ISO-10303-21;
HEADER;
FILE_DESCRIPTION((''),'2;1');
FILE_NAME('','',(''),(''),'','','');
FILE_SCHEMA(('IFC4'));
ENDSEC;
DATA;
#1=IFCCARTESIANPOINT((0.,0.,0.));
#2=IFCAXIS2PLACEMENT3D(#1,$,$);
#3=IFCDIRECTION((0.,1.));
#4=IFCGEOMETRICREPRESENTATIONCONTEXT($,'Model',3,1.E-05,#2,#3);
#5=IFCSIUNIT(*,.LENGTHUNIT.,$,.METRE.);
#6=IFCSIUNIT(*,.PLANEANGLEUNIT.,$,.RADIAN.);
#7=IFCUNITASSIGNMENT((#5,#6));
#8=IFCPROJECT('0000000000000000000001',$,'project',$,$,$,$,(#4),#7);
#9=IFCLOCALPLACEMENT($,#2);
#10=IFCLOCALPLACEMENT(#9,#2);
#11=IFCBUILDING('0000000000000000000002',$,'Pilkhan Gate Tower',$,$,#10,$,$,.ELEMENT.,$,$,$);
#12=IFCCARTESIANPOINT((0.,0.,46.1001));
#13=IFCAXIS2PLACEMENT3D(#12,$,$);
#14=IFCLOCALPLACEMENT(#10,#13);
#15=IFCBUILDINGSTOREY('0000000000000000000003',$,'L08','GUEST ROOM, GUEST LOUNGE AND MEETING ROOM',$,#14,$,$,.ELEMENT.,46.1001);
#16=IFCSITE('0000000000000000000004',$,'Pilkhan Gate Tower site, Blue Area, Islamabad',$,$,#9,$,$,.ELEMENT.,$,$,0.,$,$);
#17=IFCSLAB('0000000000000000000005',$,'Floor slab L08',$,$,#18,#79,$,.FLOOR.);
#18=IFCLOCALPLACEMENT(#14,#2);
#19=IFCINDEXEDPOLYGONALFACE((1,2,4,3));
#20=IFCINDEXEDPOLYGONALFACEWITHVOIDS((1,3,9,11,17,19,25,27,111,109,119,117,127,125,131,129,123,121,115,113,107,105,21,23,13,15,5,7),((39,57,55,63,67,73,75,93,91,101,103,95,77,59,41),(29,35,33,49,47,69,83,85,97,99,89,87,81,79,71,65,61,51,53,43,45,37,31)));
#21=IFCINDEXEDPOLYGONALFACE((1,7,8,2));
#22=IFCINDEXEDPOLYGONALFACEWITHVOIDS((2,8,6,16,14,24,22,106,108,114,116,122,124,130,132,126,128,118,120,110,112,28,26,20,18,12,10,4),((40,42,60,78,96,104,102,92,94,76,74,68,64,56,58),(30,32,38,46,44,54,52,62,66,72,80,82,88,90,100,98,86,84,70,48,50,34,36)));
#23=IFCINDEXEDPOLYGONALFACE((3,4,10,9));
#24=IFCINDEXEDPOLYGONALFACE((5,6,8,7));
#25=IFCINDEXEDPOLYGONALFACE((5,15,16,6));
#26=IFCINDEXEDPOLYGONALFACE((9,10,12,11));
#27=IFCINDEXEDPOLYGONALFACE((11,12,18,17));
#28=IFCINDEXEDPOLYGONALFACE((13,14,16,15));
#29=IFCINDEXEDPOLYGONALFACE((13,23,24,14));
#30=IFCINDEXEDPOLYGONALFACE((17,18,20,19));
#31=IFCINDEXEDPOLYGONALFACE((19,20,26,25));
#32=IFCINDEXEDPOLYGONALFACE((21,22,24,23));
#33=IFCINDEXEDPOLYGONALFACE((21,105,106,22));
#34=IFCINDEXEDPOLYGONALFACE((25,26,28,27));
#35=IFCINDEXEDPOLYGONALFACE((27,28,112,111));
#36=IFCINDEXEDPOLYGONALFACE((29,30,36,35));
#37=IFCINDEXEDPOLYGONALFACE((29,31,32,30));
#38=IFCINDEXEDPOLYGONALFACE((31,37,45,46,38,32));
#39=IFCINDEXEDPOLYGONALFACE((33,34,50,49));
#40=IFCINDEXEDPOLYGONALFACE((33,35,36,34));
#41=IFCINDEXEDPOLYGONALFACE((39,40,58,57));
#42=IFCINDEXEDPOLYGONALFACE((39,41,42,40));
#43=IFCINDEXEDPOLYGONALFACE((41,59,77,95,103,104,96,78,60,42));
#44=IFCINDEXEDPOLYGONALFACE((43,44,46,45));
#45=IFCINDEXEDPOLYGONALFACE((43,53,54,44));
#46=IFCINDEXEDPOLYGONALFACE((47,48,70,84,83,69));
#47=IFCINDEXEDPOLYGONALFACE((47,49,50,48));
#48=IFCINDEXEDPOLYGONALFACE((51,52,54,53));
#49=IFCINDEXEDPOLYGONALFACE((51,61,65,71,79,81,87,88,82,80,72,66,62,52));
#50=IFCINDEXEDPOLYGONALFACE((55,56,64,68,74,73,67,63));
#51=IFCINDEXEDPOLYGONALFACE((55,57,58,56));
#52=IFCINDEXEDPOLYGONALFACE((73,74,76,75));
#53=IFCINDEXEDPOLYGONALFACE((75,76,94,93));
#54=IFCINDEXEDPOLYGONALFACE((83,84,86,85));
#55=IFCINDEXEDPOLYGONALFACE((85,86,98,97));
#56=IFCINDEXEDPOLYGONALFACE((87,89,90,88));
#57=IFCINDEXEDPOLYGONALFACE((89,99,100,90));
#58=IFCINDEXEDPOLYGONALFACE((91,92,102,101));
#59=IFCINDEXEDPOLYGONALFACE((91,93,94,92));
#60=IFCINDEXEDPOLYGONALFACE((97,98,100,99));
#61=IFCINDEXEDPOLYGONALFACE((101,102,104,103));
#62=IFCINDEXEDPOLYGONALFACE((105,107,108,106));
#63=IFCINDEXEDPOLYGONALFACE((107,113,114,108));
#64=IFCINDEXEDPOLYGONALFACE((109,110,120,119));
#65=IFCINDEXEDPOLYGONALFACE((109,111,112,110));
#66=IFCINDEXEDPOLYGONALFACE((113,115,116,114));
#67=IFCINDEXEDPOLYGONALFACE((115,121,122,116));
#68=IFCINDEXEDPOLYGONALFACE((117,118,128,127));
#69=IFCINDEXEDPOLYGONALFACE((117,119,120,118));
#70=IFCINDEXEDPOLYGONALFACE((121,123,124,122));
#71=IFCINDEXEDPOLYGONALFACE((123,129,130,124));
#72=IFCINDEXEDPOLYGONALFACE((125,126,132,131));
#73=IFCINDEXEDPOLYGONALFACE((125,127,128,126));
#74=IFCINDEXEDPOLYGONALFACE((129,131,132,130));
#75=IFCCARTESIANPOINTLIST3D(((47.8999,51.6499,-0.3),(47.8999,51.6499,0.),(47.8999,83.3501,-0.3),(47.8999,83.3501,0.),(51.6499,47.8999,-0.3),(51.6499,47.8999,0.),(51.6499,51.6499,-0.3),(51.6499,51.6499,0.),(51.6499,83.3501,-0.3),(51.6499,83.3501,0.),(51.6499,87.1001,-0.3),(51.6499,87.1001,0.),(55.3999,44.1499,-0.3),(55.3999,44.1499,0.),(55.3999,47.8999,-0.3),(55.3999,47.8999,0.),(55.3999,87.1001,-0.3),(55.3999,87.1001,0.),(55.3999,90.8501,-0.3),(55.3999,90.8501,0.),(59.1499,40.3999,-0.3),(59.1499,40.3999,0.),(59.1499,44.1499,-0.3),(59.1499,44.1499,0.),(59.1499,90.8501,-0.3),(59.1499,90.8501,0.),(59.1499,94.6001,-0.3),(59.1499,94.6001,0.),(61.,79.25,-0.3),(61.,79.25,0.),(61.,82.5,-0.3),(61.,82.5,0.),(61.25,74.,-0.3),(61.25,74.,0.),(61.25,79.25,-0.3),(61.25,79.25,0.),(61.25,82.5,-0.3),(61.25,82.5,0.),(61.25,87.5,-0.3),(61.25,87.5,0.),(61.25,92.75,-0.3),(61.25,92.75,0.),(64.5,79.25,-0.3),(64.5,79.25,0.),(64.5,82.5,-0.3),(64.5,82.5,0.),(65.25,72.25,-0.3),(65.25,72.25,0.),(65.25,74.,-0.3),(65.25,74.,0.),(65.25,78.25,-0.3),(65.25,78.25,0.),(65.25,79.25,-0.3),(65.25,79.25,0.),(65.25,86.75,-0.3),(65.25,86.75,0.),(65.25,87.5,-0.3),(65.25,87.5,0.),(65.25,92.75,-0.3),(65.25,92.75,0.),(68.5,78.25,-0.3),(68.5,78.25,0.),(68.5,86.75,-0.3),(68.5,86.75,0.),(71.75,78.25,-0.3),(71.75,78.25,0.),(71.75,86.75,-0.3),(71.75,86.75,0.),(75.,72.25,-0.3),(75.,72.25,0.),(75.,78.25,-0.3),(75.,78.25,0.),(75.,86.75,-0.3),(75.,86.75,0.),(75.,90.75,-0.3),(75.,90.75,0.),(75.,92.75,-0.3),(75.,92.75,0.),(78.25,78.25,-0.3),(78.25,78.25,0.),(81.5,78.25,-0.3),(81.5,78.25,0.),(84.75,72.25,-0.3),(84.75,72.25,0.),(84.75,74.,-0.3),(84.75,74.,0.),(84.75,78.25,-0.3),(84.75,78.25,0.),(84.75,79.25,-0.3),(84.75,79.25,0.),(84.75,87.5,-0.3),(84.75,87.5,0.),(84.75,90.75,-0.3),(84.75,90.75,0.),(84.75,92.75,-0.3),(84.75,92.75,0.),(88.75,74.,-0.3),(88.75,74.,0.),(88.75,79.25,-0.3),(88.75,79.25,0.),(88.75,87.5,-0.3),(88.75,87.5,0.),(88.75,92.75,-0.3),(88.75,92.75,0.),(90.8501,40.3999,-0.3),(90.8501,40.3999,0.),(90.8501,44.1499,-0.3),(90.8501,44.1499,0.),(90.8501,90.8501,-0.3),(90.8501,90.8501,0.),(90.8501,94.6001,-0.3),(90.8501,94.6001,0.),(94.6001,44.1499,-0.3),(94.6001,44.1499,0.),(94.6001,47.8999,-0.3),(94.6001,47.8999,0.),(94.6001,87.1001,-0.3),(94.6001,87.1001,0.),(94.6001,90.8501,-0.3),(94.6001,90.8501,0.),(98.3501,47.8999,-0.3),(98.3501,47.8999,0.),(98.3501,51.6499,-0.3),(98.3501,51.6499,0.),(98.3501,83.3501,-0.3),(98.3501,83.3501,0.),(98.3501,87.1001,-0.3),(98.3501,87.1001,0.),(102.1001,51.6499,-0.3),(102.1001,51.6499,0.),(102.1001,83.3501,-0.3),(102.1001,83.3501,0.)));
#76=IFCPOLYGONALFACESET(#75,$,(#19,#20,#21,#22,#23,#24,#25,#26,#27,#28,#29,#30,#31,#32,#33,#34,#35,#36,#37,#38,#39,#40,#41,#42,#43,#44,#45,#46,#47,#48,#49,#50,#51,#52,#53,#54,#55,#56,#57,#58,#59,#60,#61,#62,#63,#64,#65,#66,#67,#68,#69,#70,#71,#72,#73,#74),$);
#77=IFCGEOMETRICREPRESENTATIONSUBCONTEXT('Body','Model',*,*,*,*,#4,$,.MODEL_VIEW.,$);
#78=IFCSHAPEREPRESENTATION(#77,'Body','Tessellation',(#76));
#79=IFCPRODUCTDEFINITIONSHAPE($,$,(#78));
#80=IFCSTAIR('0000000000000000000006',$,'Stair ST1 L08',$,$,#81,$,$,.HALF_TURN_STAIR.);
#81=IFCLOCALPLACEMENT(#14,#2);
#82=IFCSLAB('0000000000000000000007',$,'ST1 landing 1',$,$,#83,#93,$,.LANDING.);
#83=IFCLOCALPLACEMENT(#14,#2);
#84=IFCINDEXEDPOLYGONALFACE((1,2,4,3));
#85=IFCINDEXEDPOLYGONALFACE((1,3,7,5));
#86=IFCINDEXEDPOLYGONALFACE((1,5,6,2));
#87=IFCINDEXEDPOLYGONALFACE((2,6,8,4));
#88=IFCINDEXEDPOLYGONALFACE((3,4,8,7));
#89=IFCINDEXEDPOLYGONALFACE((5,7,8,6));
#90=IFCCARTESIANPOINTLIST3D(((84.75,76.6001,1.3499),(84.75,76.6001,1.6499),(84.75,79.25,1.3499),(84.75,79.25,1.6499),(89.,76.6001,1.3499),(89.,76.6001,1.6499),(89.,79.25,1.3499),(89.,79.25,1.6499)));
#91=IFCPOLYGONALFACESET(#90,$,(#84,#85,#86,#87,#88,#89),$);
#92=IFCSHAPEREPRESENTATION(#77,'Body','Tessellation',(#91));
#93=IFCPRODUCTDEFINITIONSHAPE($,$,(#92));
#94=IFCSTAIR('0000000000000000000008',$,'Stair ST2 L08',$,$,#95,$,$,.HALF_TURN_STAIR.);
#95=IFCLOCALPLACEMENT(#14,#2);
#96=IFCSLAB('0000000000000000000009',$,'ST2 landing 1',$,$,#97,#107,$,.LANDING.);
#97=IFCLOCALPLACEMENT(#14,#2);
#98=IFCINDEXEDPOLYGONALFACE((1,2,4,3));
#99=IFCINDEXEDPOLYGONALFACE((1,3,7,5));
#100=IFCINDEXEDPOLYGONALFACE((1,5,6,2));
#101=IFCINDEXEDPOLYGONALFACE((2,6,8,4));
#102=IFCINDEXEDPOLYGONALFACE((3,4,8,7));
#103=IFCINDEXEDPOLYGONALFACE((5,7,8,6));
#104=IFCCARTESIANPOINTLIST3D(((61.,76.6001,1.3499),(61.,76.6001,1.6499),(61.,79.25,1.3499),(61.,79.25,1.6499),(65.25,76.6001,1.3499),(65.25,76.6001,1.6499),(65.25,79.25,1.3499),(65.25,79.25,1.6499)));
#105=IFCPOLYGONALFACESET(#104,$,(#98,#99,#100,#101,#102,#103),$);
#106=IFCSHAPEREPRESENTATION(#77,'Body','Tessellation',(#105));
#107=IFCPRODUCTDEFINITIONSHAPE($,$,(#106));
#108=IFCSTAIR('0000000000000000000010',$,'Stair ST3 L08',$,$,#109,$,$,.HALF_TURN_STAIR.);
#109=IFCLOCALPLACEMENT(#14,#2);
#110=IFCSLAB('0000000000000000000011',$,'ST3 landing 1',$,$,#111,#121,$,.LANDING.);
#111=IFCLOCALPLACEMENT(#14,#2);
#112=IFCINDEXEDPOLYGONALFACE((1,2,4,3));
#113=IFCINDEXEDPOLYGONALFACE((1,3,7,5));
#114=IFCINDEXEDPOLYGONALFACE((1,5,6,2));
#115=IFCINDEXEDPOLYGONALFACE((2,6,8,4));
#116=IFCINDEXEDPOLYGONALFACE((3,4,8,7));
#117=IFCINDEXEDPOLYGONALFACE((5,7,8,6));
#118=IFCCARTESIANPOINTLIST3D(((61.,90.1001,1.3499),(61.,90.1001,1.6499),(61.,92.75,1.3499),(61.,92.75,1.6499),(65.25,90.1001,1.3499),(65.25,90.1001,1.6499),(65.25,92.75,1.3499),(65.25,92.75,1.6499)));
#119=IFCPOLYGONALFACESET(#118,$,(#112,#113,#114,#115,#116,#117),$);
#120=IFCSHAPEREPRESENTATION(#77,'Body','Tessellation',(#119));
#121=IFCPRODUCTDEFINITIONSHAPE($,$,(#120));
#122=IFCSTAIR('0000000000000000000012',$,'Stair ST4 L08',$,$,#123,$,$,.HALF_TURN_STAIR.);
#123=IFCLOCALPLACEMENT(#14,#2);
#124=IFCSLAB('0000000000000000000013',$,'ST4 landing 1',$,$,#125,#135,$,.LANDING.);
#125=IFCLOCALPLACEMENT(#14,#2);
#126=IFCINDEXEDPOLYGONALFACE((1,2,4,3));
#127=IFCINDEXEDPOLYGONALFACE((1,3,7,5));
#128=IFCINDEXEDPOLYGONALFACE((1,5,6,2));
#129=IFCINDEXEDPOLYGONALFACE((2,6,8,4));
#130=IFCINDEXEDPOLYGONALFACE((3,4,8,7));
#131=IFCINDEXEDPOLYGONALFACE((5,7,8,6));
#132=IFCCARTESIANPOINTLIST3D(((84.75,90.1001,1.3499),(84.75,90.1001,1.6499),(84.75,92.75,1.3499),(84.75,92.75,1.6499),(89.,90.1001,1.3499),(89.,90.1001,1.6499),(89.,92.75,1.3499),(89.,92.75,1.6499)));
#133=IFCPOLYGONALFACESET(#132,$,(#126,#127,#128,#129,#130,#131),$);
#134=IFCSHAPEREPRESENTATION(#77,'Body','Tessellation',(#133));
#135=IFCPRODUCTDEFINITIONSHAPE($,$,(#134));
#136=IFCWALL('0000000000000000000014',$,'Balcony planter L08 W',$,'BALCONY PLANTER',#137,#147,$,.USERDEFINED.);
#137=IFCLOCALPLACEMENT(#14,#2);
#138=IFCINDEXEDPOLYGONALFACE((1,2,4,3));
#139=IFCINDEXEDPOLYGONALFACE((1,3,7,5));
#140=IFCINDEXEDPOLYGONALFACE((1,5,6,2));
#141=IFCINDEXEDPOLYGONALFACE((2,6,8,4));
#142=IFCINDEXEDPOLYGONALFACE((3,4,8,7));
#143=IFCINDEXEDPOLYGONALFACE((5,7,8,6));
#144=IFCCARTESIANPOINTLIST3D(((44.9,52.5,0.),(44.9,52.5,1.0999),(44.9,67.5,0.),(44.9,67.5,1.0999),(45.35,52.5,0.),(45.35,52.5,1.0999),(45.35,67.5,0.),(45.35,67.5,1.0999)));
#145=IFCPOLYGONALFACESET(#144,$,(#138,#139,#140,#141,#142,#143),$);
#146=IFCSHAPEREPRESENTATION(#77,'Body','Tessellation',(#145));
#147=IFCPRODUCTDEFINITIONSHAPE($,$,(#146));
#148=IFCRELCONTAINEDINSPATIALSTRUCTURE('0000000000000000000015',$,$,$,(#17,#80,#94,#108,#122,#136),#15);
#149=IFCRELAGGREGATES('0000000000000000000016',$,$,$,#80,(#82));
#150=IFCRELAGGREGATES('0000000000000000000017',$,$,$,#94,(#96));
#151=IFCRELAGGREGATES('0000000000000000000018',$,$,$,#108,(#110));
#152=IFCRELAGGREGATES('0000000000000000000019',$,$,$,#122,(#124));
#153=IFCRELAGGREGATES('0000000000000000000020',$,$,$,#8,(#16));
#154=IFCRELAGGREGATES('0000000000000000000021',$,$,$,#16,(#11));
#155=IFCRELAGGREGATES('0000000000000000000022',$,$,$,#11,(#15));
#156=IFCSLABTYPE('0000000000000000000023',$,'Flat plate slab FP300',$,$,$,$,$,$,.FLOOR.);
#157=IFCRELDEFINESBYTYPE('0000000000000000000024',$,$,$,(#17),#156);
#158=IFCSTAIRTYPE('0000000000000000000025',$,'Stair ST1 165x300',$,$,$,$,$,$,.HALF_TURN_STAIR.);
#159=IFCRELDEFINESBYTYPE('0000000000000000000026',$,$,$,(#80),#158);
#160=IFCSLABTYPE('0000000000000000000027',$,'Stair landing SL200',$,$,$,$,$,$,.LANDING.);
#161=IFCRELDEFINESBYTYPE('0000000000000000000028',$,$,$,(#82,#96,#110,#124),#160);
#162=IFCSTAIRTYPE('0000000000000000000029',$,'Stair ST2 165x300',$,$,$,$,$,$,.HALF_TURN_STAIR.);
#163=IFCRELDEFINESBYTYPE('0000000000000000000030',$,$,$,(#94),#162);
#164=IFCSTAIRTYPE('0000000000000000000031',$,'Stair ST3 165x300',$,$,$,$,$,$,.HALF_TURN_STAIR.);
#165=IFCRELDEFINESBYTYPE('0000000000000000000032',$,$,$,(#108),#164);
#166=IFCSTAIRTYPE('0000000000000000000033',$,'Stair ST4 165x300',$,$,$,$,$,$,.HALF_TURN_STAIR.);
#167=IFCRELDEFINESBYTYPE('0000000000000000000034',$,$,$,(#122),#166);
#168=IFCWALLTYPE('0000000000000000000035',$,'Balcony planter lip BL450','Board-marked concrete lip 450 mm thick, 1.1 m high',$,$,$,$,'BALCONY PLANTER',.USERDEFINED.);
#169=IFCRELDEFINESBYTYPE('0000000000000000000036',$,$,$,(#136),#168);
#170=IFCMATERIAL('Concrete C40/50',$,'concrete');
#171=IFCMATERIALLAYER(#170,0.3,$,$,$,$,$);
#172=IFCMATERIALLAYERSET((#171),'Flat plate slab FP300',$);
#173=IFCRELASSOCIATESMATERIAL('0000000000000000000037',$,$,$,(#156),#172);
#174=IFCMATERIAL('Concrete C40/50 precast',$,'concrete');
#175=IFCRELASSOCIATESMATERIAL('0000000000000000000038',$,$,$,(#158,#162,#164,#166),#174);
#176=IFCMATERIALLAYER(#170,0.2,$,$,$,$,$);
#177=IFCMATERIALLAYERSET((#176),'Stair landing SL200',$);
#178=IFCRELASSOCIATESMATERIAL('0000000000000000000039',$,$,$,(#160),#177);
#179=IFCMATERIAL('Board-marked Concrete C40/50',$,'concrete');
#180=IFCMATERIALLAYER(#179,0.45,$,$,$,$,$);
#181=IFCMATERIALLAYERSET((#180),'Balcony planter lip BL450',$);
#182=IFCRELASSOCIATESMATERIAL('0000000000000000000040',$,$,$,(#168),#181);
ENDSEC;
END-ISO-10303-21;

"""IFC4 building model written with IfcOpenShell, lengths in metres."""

from ifc_helpers import new_model, si_unit, direction, frame, frame_2d, origin, place, context, subcontext, project, spatial, polyline, rectangle, outline, extrude, material, layer, layer_set, type_object, element, aggregate, save


model = new_model("IFC4")

# Units and contexts
model_context = context("Model", 3, precision=1e-05, world=origin(), true_north=direction((0.0, 1.0)))
body_context = subcontext(model_context, "Body", "Model", "MODEL_VIEW")
ifc_project = project(units=[si_unit("LENGTHUNIT", "METRE"), si_unit("PLANEANGLEUNIT", "RADIAN")], contexts=[model_context])

# Site, building, storey
site_placement = place(None, origin())
site = spatial("IfcSite", under=ifc_project, at=site_placement, Name="Pilkhan Gate Tower site, Blue Area, Islamabad", CompositionType="ELEMENT", RefElevation=0.0)
building_placement = place(site_placement, origin())
building = spatial("IfcBuilding", under=site, at=building_placement, Name="Pilkhan Gate Tower", CompositionType="ELEMENT")
storey_placement = place(building_placement, frame((0.0, 0.0, 46.1001)))
storey = spatial("IfcBuildingStorey", under=building, at=storey_placement, Name="L08", Description="GUEST ROOM, GUEST LOUNGE AND MEETING ROOM", CompositionType="ELEMENT", Elevation=46.1001)

# Slab
ifc_material_1 = material(Name="Concrete C40/50", Category="concrete")
ifc_layer_1 = layer(ifc_material_1, 0.3)
ifc_layer_set_1 = layer_set([ifc_layer_1], Name="Flat plate slab FP300")
slab_type_1 = type_object("IfcSlabType", Name="Flat plate slab FP300", PredefinedType="FLOOR", material=ifc_layer_set_1)
slab_1_placement = place(storey_placement, frame((0.0, 0.0, -0.3)))
element("IfcSlab", 1, at=slab_1_placement, inside=storey, type_object=slab_type_1, Name="Floor slab L08", PredefinedType="FLOOR", context=body_context, shape_type="SweptSolid", body=[
    extrude(outline(polyline([(98.3501, 47.8999), (94.6001, 47.8999), (94.6001, 44.1499), (90.8501, 44.1499), (90.8501, 40.3999), (59.1499, 40.3999), (59.1499, 44.1499), (55.3999, 44.1499), (55.3999, 47.8999), (51.6499, 47.8999), (51.6499, 51.6499), (47.8999, 51.6499), (47.8999, 83.3501), (51.6499, 83.3501), (51.6499, 87.1001), (55.3999, 87.1001), (55.3999, 90.8501), (59.1499, 90.8501), (59.1499, 94.6001), (90.8501, 94.6001), (90.8501, 90.8501), (94.6001, 90.8501), (94.6001, 87.1001), (98.3501, 87.1001), (98.3501, 83.3501), (102.1001, 83.3501), (102.1001, 51.6499), (98.3501, 51.6499), (98.3501, 47.8999)]), holes=[polyline([(65.25, 87.5), (65.25, 86.75), (68.5, 86.75), (71.75, 86.75), (75.0, 86.75), (75.0, 90.75), (84.75, 90.75), (84.75, 87.5), (88.75, 87.5), (88.75, 92.75), (84.75, 92.75), (75.0, 92.75), (65.25, 92.75), (61.25, 92.75), (61.25, 87.5), (65.25, 87.5)]), polyline([(75.0, 72.25), (84.75, 72.25), (84.75, 74.0), (88.75, 74.0), (88.75, 79.25), (84.75, 79.25), (84.75, 78.25), (81.5, 78.25), (78.25, 78.25), (75.0, 78.25), (71.75, 78.25), (68.5, 78.25), (65.25, 78.25), (65.25, 79.25), (64.5, 79.25), (64.5, 82.5), (61.25, 82.5), (61.0, 82.5), (61.0, 79.25), (61.25, 79.25), (61.25, 74.0), (65.25, 74.0), (65.25, 72.25), (75.0, 72.25)])]), origin(), (0.0, 0.0, 1.0), 0.3),
])

# Stairs, slabs
ifc_material_2 = material(Name="Concrete C40/50 precast", Category="concrete")
stair_type_1 = type_object("IfcStairType", Name="Stair ST1 165x300", PredefinedType="HALF_TURN_STAIR", material=ifc_material_2)
stair_1_placement = place(storey_placement, origin())
stair_1 = element("IfcStair", 2, at=stair_1_placement, inside=storey, type_object=stair_type_1, Name="Stair ST1 L08", PredefinedType="HALF_TURN_STAIR")
ifc_layer_2 = layer(ifc_material_1, 0.2)
ifc_layer_set_2 = layer_set([ifc_layer_2], Name="Stair landing SL200")
slab_type_2 = type_object("IfcSlabType", Name="Stair landing SL200", PredefinedType="LANDING", material=ifc_layer_set_2)
slab_2_placement = place(storey_placement, frame((0.0, 0.0, 1.3499)))
slab_2 = element("IfcSlab", 3, at=slab_2_placement, type_object=slab_type_2, Name="ST1 landing 1", PredefinedType="LANDING", context=body_context, shape_type="SweptSolid", body=[
    extrude(outline(polyline([(89.0, 76.6001), (89.0, 79.25), (84.75, 79.25), (84.75, 76.6001), (89.0, 76.6001)])), origin(), (0.0, 0.0, 1.0), 0.3),
])
aggregate(stair_1, [slab_2])
stair_type_2 = type_object("IfcStairType", Name="Stair ST2 165x300", PredefinedType="HALF_TURN_STAIR", material=ifc_material_2)
stair_2_placement = place(storey_placement, origin())
stair_2 = element("IfcStair", 4, at=stair_2_placement, inside=storey, type_object=stair_type_2, Name="Stair ST2 L08", PredefinedType="HALF_TURN_STAIR")
slab_3_placement = place(storey_placement, frame((0.0, 0.0, 1.3499)))
slab_3 = element("IfcSlab", 5, at=slab_3_placement, type_object=slab_type_2, Name="ST2 landing 1", PredefinedType="LANDING", context=body_context, shape_type="SweptSolid", body=[
    extrude(outline(polyline([(65.25, 76.6001), (65.25, 79.25), (61.0, 79.25), (61.0, 76.6001), (65.25, 76.6001)])), origin(), (0.0, 0.0, 1.0), 0.3),
])
aggregate(stair_2, [slab_3])
stair_type_3 = type_object("IfcStairType", Name="Stair ST3 165x300", PredefinedType="HALF_TURN_STAIR", material=ifc_material_2)
stair_3_placement = place(storey_placement, origin())
stair_3 = element("IfcStair", 6, at=stair_3_placement, inside=storey, type_object=stair_type_3, Name="Stair ST3 L08", PredefinedType="HALF_TURN_STAIR")
slab_4_placement = place(storey_placement, frame((0.0, 0.0, 1.3499)))
slab_4 = element("IfcSlab", 7, at=slab_4_placement, type_object=slab_type_2, Name="ST3 landing 1", PredefinedType="LANDING", context=body_context, shape_type="SweptSolid", body=[
    extrude(outline(polyline([(65.25, 90.1001), (65.25, 92.75), (61.0, 92.75), (61.0, 90.1001), (65.25, 90.1001)])), origin(), (0.0, 0.0, 1.0), 0.3),
])
aggregate(stair_3, [slab_4])
stair_type_4 = type_object("IfcStairType", Name="Stair ST4 165x300", PredefinedType="HALF_TURN_STAIR", material=ifc_material_2)
stair_4_placement = place(storey_placement, origin())
stair_4 = element("IfcStair", 8, at=stair_4_placement, inside=storey, type_object=stair_type_4, Name="Stair ST4 L08", PredefinedType="HALF_TURN_STAIR")
slab_5_placement = place(storey_placement, frame((0.0, 0.0, 1.3499)))
slab_5 = element("IfcSlab", 9, at=slab_5_placement, type_object=slab_type_2, Name="ST4 landing 1", PredefinedType="LANDING", context=body_context, shape_type="SweptSolid", body=[
    extrude(outline(polyline([(89.0, 90.1001), (89.0, 92.75), (84.75, 92.75), (84.75, 90.1001), (89.0, 90.1001)])), origin(), (0.0, 0.0, 1.0), 0.3),
])
aggregate(stair_4, [slab_5])

# Wall
ifc_material_3 = material(Name="Board-marked Concrete C40/50", Category="concrete")
ifc_layer_3 = layer(ifc_material_3, 0.45)
ifc_layer_set_3 = layer_set([ifc_layer_3], Name="Balcony planter lip BL450")
wall_type = type_object("IfcWallType", Name="Balcony planter lip BL450", Description="Board-marked concrete lip 450 mm thick, 1.1 m high", ElementType="BALCONY PLANTER", PredefinedType="USERDEFINED", material=ifc_layer_set_3)
wall_placement = place(storey_placement, frame((45.125, 52.5, 0.0), z_axis=(0.0, 0.0, 1.0), x_axis=(0.0, 1.0, 0.0)))
element("IfcWall", 10, at=wall_placement, inside=storey, type_object=wall_type, Name="Balcony planter L08 W", ObjectType="BALCONY PLANTER", PredefinedType="USERDEFINED", context=body_context, shape_type="SweptSolid", body=[
    extrude(rectangle(XDim=15.0, YDim=0.45, at=frame_2d((7.5, 0.0))), origin(), (0.0, 0.0, 1.0), 1.0999),
])

save(model, "model.ifc")
